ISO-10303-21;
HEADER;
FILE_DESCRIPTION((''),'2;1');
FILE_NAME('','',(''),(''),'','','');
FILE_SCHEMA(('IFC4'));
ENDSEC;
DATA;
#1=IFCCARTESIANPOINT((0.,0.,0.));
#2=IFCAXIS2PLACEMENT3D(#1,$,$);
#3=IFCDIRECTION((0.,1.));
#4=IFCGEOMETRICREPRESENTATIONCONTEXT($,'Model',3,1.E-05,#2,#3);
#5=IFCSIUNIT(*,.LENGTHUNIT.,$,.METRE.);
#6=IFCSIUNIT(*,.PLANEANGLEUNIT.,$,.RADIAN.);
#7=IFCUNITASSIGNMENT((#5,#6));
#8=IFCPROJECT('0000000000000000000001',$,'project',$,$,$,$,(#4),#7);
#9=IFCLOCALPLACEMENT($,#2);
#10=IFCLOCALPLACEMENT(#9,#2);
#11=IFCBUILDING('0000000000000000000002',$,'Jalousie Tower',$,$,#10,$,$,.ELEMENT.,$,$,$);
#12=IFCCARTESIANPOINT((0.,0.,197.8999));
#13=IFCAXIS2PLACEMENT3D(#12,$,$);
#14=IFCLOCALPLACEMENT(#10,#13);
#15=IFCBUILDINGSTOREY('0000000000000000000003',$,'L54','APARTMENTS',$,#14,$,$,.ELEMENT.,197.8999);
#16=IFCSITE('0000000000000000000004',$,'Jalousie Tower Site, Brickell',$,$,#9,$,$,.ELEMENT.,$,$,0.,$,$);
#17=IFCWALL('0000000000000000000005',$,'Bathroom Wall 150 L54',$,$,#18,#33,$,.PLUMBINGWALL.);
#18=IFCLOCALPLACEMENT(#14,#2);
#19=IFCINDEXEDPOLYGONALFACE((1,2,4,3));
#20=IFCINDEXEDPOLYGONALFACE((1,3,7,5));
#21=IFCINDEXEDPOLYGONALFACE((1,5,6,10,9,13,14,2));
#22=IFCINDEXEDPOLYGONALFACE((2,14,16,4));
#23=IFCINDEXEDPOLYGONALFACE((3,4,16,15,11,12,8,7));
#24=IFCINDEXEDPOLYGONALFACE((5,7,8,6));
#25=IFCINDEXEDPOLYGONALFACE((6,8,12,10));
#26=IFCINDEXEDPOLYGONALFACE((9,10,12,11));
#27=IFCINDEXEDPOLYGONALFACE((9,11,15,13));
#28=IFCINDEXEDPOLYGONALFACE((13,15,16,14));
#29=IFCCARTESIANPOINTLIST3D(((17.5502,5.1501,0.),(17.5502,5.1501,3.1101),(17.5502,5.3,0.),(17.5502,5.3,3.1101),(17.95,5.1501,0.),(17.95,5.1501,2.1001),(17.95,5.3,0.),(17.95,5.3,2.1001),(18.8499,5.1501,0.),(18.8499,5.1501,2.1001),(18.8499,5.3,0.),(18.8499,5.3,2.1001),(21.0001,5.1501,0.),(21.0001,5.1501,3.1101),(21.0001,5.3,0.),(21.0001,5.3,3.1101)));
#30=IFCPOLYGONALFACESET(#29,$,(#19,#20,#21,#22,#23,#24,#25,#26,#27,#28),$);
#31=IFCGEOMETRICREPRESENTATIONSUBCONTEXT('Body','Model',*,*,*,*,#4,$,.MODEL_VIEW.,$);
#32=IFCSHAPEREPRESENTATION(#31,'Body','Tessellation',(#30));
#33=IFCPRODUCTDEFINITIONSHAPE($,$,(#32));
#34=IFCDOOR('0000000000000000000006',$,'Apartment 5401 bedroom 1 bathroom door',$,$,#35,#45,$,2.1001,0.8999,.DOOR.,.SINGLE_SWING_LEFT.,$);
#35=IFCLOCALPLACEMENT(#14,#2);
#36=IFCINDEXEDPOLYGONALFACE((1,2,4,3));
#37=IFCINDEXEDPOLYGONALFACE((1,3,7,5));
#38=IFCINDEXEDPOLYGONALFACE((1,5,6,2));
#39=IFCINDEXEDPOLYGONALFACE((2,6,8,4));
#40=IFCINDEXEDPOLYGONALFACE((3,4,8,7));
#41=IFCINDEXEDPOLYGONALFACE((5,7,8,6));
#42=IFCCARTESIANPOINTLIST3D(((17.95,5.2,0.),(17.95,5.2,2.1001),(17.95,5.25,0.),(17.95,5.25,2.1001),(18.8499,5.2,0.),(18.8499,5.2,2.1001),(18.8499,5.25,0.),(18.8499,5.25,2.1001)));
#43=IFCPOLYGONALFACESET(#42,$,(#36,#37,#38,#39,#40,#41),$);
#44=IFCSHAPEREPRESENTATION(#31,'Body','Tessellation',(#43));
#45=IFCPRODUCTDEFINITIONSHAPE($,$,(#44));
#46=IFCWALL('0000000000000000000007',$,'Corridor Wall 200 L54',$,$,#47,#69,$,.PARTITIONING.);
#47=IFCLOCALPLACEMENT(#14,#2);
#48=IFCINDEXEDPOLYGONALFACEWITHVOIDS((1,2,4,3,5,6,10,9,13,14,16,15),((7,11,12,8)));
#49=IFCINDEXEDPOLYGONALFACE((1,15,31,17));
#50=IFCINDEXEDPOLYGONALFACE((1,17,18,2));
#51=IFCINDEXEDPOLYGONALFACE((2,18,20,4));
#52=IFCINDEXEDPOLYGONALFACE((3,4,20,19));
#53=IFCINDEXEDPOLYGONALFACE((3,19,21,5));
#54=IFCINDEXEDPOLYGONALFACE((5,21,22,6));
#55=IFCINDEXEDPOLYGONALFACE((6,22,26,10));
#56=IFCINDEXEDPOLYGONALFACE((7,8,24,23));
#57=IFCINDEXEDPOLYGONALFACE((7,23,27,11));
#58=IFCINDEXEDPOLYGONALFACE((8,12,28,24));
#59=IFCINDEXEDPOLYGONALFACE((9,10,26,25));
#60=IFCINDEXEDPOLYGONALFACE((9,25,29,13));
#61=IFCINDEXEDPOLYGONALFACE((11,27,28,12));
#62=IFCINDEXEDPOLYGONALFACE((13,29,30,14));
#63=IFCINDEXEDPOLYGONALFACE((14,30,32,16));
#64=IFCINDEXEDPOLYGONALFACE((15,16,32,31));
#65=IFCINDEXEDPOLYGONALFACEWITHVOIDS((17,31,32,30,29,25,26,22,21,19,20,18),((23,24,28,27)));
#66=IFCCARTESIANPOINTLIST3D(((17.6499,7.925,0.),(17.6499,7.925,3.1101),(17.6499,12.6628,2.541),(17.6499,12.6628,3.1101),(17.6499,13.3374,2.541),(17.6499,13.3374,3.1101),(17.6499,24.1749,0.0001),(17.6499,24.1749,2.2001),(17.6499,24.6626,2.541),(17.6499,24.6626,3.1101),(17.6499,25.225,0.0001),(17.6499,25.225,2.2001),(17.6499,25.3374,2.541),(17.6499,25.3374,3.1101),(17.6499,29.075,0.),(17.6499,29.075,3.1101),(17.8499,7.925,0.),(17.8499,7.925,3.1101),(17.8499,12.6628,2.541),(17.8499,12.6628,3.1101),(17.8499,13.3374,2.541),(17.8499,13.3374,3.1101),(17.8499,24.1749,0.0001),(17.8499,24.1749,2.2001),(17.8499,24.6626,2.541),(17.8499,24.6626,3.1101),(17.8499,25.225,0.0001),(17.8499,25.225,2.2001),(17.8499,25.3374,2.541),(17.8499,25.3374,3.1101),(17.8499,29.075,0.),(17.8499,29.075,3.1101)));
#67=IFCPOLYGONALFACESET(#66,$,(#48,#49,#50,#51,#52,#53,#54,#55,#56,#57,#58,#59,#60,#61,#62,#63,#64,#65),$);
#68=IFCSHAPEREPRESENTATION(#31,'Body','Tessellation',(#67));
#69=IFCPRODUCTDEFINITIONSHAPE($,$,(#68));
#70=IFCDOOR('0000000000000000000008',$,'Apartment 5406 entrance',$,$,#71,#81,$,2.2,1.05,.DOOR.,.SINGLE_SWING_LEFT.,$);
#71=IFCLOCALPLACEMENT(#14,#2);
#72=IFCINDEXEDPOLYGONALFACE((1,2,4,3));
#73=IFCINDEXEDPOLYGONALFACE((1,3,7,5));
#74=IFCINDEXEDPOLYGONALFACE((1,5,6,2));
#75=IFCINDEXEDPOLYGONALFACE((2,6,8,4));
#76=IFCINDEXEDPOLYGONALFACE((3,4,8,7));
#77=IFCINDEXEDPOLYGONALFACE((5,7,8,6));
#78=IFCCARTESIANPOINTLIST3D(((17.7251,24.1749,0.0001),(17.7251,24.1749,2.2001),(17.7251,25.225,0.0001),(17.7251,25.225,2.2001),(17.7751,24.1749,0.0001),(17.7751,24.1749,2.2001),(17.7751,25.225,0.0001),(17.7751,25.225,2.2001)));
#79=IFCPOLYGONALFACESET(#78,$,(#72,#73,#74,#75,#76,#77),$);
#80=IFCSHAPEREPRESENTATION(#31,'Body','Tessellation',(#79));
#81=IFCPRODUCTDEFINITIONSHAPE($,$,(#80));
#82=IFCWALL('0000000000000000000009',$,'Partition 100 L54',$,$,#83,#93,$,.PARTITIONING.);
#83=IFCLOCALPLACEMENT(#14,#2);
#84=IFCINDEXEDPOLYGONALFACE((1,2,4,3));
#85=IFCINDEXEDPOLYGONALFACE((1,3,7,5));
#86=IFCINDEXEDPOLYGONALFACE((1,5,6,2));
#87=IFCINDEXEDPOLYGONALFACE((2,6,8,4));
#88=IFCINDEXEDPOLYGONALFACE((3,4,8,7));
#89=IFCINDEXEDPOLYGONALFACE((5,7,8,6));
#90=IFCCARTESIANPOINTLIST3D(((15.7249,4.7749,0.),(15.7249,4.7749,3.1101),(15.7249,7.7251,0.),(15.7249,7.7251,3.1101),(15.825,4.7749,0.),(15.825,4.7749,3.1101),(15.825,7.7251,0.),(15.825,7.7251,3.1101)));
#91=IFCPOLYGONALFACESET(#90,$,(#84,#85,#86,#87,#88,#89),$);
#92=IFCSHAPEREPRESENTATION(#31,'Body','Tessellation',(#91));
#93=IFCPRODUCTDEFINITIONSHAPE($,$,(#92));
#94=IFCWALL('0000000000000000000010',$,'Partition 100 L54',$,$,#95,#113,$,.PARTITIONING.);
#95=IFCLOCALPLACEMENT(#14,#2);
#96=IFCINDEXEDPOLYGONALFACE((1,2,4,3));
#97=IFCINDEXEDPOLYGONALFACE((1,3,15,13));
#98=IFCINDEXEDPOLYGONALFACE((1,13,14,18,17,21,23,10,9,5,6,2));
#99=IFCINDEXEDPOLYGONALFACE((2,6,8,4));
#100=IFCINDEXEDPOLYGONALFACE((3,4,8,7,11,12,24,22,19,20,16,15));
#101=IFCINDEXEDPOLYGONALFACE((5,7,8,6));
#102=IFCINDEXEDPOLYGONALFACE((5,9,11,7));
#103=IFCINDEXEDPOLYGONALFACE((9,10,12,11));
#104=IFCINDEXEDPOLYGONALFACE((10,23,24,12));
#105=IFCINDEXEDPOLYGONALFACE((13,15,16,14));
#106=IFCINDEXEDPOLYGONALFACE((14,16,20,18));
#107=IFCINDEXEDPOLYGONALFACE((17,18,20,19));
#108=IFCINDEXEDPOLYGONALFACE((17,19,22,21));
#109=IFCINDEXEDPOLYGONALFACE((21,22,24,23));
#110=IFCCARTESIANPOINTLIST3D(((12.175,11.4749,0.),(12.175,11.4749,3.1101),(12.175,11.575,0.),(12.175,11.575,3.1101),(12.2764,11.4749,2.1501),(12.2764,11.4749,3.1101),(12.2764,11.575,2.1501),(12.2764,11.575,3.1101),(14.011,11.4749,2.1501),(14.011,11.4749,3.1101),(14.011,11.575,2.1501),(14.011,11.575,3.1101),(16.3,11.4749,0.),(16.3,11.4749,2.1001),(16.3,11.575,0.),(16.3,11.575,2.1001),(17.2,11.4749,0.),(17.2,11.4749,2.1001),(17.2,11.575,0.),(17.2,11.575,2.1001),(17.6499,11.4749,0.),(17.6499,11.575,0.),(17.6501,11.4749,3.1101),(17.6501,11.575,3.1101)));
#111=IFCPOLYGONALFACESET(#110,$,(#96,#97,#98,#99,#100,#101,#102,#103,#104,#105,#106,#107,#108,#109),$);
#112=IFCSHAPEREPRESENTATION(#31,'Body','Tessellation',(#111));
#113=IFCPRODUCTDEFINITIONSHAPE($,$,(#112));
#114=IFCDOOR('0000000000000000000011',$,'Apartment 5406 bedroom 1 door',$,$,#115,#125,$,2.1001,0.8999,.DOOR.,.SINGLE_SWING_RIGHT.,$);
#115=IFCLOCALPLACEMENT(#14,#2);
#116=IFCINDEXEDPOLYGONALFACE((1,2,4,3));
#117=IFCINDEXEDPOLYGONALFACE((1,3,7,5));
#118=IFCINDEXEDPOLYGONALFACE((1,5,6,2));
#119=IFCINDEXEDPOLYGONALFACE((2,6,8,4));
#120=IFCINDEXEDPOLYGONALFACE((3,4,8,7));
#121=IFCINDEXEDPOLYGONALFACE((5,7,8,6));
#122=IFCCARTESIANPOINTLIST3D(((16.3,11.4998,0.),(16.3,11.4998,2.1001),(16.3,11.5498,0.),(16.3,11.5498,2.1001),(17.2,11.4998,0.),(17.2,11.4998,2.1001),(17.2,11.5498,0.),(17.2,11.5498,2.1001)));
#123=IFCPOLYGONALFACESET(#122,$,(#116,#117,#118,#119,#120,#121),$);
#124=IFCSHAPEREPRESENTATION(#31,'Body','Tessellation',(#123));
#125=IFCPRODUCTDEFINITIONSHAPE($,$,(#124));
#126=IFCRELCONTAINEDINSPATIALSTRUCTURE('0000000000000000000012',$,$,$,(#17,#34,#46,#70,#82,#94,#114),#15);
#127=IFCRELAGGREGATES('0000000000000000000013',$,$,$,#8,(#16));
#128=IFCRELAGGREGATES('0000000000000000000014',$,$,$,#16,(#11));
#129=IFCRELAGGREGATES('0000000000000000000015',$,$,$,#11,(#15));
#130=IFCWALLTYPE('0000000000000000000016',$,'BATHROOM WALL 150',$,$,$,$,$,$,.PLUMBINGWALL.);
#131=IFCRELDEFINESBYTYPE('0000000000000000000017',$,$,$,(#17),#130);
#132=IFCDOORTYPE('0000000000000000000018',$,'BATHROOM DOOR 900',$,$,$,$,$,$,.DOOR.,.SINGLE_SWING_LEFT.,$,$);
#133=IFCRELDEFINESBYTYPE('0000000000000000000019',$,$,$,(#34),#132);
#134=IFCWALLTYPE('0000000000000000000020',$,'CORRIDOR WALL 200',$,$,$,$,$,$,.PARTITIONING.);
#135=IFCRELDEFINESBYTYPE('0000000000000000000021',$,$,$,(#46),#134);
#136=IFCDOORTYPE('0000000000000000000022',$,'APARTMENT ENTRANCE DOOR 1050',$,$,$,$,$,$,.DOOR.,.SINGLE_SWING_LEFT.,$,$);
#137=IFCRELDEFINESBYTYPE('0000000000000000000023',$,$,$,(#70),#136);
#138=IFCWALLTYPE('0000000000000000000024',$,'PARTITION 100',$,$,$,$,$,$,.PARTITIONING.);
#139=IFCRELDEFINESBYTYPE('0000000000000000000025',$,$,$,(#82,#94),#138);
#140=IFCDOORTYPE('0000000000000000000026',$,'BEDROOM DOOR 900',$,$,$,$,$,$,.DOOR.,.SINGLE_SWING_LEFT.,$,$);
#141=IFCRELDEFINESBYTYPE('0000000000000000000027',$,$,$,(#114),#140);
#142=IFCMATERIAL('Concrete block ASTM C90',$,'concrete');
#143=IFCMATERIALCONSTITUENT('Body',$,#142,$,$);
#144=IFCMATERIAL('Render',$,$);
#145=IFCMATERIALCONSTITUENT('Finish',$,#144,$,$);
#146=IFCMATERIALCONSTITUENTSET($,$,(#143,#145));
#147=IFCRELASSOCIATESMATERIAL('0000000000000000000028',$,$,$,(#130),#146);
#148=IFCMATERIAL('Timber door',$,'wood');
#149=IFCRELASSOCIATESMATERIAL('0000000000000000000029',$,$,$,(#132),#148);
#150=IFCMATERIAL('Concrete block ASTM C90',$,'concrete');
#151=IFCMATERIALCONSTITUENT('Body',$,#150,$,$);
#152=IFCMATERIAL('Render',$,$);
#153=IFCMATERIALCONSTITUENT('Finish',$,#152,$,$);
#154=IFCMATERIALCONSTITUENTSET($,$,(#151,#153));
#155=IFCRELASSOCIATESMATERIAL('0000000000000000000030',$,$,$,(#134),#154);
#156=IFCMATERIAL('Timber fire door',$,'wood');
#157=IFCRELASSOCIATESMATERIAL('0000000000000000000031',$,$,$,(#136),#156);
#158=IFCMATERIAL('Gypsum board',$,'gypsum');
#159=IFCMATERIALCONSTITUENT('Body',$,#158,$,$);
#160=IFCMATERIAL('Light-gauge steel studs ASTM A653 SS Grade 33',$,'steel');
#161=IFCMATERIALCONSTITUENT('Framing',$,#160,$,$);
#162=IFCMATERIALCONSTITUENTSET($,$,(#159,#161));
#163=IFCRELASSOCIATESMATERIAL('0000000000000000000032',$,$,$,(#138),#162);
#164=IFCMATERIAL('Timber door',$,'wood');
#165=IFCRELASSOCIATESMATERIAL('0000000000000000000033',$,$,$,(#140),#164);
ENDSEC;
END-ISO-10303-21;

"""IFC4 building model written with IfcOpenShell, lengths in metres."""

from ifc_helpers import new_model, si_unit, direction, frame, frame_2d, origin, place, context, subcontext, project, spatial, polyline, rectangle, outline, extrude, material, constituent, constituent_set, type_object, element, fill, save


model = new_model("IFC4")

# Units and contexts
model_context = context("Model", 3, precision=1e-05, world=origin(), true_north=direction((0.0, 1.0)))
body_context = subcontext(model_context, "Body", "Model", "MODEL_VIEW")
ifc_project = project(units=[si_unit("LENGTHUNIT", "METRE"), si_unit("PLANEANGLEUNIT", "RADIAN")], contexts=[model_context])

# Site, building, storey
site_placement = place(None, origin())
site = spatial("IfcSite", under=ifc_project, at=site_placement, Name="Jalousie Tower Site, Brickell", CompositionType="ELEMENT", RefElevation=0.0)
building_placement = place(site_placement, origin())
building = spatial("IfcBuilding", under=site, at=building_placement, Name="Jalousie Tower", CompositionType="ELEMENT")
storey_placement = place(building_placement, frame((0.0, 0.0, 197.8999)))
storey = spatial("IfcBuildingStorey", under=building, at=storey_placement, Name="L54", Description="APARTMENTS", CompositionType="ELEMENT", Elevation=197.8999)

# Walls, openings, doors
ifc_material_1 = material(Name="Concrete block ASTM C90", Category="concrete")
ifc_constituent_1 = constituent(ifc_material_1, Name="Body")
ifc_material_2 = material(Name="Render")
ifc_constituent_2 = constituent(ifc_material_2, Name="Finish")
ifc_constituent_set_1 = constituent_set(constituents=[ifc_constituent_1, ifc_constituent_2])
wall_type_1 = type_object("IfcWallType", Name="BATHROOM WALL 150", PredefinedType="PLUMBINGWALL", material=ifc_constituent_set_1)
wall_1_placement = place(storey_placement, frame((17.55, 5.2251, 0.0), z_axis=(0.0, 0.0, 1.0), x_axis=(1.0, 0.0, 0.0)))
wall_1 = element("IfcWall", 1, at=wall_1_placement, inside=storey, type_object=wall_type_1, Name="Bathroom Wall 150 L54", PredefinedType="PLUMBINGWALL", context=body_context, shape_type="SweptSolid", body=[
    extrude(rectangle(XDim=3.45, YDim=0.1499, at=frame_2d((1.7251, 0.0))), origin(), (0.0, 0.0, 1.0), 3.1101),
])
opening_1_placement = place(wall_1_placement, frame((0.3999, 0.0, 0.0)))
opening_1 = element("IfcOpeningElement", 2, at=opening_1_placement, cuts=wall_1, PredefinedType="OPENING", context=body_context, shape_type="SweptSolid", body=[
    extrude(rectangle(XDim=0.8999, YDim=2.1001, at=frame_2d((0.45, 1.05))), frame((0.0, 0.085, 0.0), z_axis=(0.0, -1.0, 0.0), x_axis=(1.0, 0.0, 0.0)), (0.0, 0.0, 1.0), 0.1699),
])
ifc_material_3 = material(Name="Timber door", Category="wood")
door_type_1 = type_object("IfcDoorType", Name="BATHROOM DOOR 900", OperationType="SINGLE_SWING_LEFT", PredefinedType="DOOR", material=ifc_material_3)
door_1_placement = place(opening_1_placement, origin())
door_1 = element("IfcDoor", 3, at=door_1_placement, inside=storey, type_object=door_type_1, Name="Apartment 5401 bedroom 1 bathroom door", OperationType="SINGLE_SWING_LEFT", OverallHeight=2.1001, OverallWidth=0.8999, PredefinedType="DOOR", context=body_context, shape_type="SweptSolid", body=[
    extrude(rectangle(XDim=0.8999, YDim=2.1001, at=frame_2d((0.45, 1.05))), frame((0.0, 0.0249, 0.0), z_axis=(0.0, -1.0, 0.0), x_axis=(1.0, 0.0, 0.0)), (0.0, 0.0, 1.0), 0.05),
])
fill(opening_1, door_1)
ifc_material_4 = material(Name="Concrete block ASTM C90", Category="concrete")
ifc_constituent_3 = constituent(ifc_material_4, Name="Body")
ifc_material_5 = material(Name="Render")
ifc_constituent_4 = constituent(ifc_material_5, Name="Finish")
ifc_constituent_set_2 = constituent_set(constituents=[ifc_constituent_3, ifc_constituent_4])
wall_type_2 = type_object("IfcWallType", Name="CORRIDOR WALL 200", PredefinedType="PARTITIONING", material=ifc_constituent_set_2)
wall_2_placement = place(storey_placement, frame((17.75, 7.925, 0.0), z_axis=(0.0, 0.0, 1.0), x_axis=(0.0, 1.0, 0.0)))
wall_2 = element("IfcWall", 4, at=wall_2_placement, inside=storey, type_object=wall_type_2, Name="Corridor Wall 200 L54", PredefinedType="PARTITIONING", context=body_context, shape_type="SweptSolid", body=[
    extrude(outline(polyline([(0.0, 0.0), (21.1499, 0.0), (21.1499, 3.1101), (17.4124, 3.1101), (17.4124, 2.541), (16.7375, 2.541), (16.7375, 3.1101), (5.4124, 3.1101), (5.4124, 2.541), (4.7378, 2.541), (4.7378, 3.1101), (0.0, 3.1101), (0.0, 0.0)])), frame((0.0, 0.1001, 0.0), z_axis=(0.0, -1.0, 0.0), x_axis=(1.0, 0.0, 0.0)), (0.0, 0.0, 1.0), 0.2),
])
opening_2_placement = place(wall_2_placement, frame((16.25, 0.0, 0.0)))
opening_2 = element("IfcOpeningElement", 5, at=opening_2_placement, cuts=wall_2, PredefinedType="OPENING", context=body_context, shape_type="SweptSolid", body=[
    extrude(rectangle(XDim=1.05, YDim=2.2, at=frame_2d((0.5249, 1.1001))), frame((0.0, 0.1099, 0.0), z_axis=(0.0, -1.0, 0.0), x_axis=(1.0, 0.0, 0.0)), (0.0, 0.0, 1.0), 0.22),
])
ifc_material_6 = material(Name="Timber fire door", Category="wood")
door_type_2 = type_object("IfcDoorType", Name="APARTMENT ENTRANCE DOOR 1050", OperationType="SINGLE_SWING_LEFT", PredefinedType="DOOR", material=ifc_material_6)
door_2_placement = place(opening_2_placement, origin())
door_2 = element("IfcDoor", 6, at=door_2_placement, inside=storey, type_object=door_type_2, Name="Apartment 5406 entrance", OperationType="SINGLE_SWING_LEFT", OverallHeight=2.2, OverallWidth=1.05, PredefinedType="DOOR", context=body_context, shape_type="SweptSolid", body=[
    extrude(rectangle(XDim=1.05, YDim=2.2, at=frame_2d((0.5249, 1.1001))), frame((0.0, 0.0249, 0.0), z_axis=(0.0, -1.0, 0.0), x_axis=(1.0, 0.0, 0.0)), (0.0, 0.0, 1.0), 0.05),
])
fill(opening_2, door_2)

# Wall
ifc_material_7 = material(Name="Gypsum board", Category="gypsum")
ifc_constituent_5 = constituent(ifc_material_7, Name="Body")
ifc_material_8 = material(Name="Light-gauge steel studs ASTM A653 SS Grade 33", Category="steel")
ifc_constituent_6 = constituent(ifc_material_8, Name="Framing")
ifc_constituent_set_3 = constituent_set(constituents=[ifc_constituent_5, ifc_constituent_6])
wall_type_3 = type_object("IfcWallType", Name="PARTITION 100", PredefinedType="PARTITIONING", material=ifc_constituent_set_3)
wall_3_placement = place(storey_placement, frame((15.7749, 4.7749, 0.0), z_axis=(0.0, 0.0, 1.0), x_axis=(0.0, 1.0, 0.0)))
element("IfcWall", 7, at=wall_3_placement, inside=storey, type_object=wall_type_3, Name="Partition 100 L54", PredefinedType="PARTITIONING", context=body_context, shape_type="SweptSolid", body=[
    extrude(rectangle(XDim=2.9502, YDim=0.1001, at=frame_2d((1.4751, 0.0))), origin(), (0.0, 0.0, 1.0), 3.1101),
])

# Wall, opening, door
wall_4_placement = place(storey_placement, frame((12.175, 11.5249, 0.0), z_axis=(0.0, 0.0, 1.0), x_axis=(1.0, 0.0, 0.0)))
wall_4 = element("IfcWall", 8, at=wall_4_placement, inside=storey, type_object=wall_type_3, Name="Partition 100 L54", PredefinedType="PARTITIONING", context=body_context, shape_type="SweptSolid", body=[
    extrude(outline(polyline([(0.0, 0.0), (5.4749, 0.0), (5.4751, 3.1101), (1.8359, 3.1101), (1.8359, 2.1501), (0.1013, 2.1501), (0.1013, 3.1101), (0.0, 3.1101), (0.0, 0.0)])), frame((0.0, 0.05, 0.0), z_axis=(0.0, -1.0, 0.0), x_axis=(1.0, 0.0, 0.0)), (0.0, 0.0, 1.0), 0.1001),
])
opening_3_placement = place(wall_4_placement, frame((4.125, 0.0, 0.0)))
opening_3 = element("IfcOpeningElement", 9, at=opening_3_placement, cuts=wall_4, PredefinedType="OPENING", context=body_context, shape_type="SweptSolid", body=[
    extrude(rectangle(XDim=0.8999, YDim=2.1001, at=frame_2d((0.45, 1.05))), frame((0.0, 0.0601, 0.0), z_axis=(0.0, -1.0, 0.0), x_axis=(1.0, 0.0, 0.0)), (0.0, 0.0, 1.0), 0.1201),
])
ifc_material_9 = material(Name="Timber door", Category="wood")
door_type_3 = type_object("IfcDoorType", Name="BEDROOM DOOR 900", OperationType="SINGLE_SWING_LEFT", PredefinedType="DOOR", material=ifc_material_9)
door_3_placement = place(opening_3_placement, origin())
door_3 = element("IfcDoor", 10, at=door_3_placement, inside=storey, type_object=door_type_3, Name="Apartment 5406 bedroom 1 door", OperationType="SINGLE_SWING_RIGHT", OverallHeight=2.1001, OverallWidth=0.8999, PredefinedType="DOOR", context=body_context, shape_type="SweptSolid", body=[
    extrude(rectangle(XDim=0.8999, YDim=2.1001, at=frame_2d((0.45, 1.05))), frame((0.0, 0.0249, 0.0), z_axis=(0.0, -1.0, 0.0), x_axis=(1.0, 0.0, 0.0)), (0.0, 0.0, 1.0), 0.05),
])
fill(opening_3, door_3)

save(model, "model.ifc")
